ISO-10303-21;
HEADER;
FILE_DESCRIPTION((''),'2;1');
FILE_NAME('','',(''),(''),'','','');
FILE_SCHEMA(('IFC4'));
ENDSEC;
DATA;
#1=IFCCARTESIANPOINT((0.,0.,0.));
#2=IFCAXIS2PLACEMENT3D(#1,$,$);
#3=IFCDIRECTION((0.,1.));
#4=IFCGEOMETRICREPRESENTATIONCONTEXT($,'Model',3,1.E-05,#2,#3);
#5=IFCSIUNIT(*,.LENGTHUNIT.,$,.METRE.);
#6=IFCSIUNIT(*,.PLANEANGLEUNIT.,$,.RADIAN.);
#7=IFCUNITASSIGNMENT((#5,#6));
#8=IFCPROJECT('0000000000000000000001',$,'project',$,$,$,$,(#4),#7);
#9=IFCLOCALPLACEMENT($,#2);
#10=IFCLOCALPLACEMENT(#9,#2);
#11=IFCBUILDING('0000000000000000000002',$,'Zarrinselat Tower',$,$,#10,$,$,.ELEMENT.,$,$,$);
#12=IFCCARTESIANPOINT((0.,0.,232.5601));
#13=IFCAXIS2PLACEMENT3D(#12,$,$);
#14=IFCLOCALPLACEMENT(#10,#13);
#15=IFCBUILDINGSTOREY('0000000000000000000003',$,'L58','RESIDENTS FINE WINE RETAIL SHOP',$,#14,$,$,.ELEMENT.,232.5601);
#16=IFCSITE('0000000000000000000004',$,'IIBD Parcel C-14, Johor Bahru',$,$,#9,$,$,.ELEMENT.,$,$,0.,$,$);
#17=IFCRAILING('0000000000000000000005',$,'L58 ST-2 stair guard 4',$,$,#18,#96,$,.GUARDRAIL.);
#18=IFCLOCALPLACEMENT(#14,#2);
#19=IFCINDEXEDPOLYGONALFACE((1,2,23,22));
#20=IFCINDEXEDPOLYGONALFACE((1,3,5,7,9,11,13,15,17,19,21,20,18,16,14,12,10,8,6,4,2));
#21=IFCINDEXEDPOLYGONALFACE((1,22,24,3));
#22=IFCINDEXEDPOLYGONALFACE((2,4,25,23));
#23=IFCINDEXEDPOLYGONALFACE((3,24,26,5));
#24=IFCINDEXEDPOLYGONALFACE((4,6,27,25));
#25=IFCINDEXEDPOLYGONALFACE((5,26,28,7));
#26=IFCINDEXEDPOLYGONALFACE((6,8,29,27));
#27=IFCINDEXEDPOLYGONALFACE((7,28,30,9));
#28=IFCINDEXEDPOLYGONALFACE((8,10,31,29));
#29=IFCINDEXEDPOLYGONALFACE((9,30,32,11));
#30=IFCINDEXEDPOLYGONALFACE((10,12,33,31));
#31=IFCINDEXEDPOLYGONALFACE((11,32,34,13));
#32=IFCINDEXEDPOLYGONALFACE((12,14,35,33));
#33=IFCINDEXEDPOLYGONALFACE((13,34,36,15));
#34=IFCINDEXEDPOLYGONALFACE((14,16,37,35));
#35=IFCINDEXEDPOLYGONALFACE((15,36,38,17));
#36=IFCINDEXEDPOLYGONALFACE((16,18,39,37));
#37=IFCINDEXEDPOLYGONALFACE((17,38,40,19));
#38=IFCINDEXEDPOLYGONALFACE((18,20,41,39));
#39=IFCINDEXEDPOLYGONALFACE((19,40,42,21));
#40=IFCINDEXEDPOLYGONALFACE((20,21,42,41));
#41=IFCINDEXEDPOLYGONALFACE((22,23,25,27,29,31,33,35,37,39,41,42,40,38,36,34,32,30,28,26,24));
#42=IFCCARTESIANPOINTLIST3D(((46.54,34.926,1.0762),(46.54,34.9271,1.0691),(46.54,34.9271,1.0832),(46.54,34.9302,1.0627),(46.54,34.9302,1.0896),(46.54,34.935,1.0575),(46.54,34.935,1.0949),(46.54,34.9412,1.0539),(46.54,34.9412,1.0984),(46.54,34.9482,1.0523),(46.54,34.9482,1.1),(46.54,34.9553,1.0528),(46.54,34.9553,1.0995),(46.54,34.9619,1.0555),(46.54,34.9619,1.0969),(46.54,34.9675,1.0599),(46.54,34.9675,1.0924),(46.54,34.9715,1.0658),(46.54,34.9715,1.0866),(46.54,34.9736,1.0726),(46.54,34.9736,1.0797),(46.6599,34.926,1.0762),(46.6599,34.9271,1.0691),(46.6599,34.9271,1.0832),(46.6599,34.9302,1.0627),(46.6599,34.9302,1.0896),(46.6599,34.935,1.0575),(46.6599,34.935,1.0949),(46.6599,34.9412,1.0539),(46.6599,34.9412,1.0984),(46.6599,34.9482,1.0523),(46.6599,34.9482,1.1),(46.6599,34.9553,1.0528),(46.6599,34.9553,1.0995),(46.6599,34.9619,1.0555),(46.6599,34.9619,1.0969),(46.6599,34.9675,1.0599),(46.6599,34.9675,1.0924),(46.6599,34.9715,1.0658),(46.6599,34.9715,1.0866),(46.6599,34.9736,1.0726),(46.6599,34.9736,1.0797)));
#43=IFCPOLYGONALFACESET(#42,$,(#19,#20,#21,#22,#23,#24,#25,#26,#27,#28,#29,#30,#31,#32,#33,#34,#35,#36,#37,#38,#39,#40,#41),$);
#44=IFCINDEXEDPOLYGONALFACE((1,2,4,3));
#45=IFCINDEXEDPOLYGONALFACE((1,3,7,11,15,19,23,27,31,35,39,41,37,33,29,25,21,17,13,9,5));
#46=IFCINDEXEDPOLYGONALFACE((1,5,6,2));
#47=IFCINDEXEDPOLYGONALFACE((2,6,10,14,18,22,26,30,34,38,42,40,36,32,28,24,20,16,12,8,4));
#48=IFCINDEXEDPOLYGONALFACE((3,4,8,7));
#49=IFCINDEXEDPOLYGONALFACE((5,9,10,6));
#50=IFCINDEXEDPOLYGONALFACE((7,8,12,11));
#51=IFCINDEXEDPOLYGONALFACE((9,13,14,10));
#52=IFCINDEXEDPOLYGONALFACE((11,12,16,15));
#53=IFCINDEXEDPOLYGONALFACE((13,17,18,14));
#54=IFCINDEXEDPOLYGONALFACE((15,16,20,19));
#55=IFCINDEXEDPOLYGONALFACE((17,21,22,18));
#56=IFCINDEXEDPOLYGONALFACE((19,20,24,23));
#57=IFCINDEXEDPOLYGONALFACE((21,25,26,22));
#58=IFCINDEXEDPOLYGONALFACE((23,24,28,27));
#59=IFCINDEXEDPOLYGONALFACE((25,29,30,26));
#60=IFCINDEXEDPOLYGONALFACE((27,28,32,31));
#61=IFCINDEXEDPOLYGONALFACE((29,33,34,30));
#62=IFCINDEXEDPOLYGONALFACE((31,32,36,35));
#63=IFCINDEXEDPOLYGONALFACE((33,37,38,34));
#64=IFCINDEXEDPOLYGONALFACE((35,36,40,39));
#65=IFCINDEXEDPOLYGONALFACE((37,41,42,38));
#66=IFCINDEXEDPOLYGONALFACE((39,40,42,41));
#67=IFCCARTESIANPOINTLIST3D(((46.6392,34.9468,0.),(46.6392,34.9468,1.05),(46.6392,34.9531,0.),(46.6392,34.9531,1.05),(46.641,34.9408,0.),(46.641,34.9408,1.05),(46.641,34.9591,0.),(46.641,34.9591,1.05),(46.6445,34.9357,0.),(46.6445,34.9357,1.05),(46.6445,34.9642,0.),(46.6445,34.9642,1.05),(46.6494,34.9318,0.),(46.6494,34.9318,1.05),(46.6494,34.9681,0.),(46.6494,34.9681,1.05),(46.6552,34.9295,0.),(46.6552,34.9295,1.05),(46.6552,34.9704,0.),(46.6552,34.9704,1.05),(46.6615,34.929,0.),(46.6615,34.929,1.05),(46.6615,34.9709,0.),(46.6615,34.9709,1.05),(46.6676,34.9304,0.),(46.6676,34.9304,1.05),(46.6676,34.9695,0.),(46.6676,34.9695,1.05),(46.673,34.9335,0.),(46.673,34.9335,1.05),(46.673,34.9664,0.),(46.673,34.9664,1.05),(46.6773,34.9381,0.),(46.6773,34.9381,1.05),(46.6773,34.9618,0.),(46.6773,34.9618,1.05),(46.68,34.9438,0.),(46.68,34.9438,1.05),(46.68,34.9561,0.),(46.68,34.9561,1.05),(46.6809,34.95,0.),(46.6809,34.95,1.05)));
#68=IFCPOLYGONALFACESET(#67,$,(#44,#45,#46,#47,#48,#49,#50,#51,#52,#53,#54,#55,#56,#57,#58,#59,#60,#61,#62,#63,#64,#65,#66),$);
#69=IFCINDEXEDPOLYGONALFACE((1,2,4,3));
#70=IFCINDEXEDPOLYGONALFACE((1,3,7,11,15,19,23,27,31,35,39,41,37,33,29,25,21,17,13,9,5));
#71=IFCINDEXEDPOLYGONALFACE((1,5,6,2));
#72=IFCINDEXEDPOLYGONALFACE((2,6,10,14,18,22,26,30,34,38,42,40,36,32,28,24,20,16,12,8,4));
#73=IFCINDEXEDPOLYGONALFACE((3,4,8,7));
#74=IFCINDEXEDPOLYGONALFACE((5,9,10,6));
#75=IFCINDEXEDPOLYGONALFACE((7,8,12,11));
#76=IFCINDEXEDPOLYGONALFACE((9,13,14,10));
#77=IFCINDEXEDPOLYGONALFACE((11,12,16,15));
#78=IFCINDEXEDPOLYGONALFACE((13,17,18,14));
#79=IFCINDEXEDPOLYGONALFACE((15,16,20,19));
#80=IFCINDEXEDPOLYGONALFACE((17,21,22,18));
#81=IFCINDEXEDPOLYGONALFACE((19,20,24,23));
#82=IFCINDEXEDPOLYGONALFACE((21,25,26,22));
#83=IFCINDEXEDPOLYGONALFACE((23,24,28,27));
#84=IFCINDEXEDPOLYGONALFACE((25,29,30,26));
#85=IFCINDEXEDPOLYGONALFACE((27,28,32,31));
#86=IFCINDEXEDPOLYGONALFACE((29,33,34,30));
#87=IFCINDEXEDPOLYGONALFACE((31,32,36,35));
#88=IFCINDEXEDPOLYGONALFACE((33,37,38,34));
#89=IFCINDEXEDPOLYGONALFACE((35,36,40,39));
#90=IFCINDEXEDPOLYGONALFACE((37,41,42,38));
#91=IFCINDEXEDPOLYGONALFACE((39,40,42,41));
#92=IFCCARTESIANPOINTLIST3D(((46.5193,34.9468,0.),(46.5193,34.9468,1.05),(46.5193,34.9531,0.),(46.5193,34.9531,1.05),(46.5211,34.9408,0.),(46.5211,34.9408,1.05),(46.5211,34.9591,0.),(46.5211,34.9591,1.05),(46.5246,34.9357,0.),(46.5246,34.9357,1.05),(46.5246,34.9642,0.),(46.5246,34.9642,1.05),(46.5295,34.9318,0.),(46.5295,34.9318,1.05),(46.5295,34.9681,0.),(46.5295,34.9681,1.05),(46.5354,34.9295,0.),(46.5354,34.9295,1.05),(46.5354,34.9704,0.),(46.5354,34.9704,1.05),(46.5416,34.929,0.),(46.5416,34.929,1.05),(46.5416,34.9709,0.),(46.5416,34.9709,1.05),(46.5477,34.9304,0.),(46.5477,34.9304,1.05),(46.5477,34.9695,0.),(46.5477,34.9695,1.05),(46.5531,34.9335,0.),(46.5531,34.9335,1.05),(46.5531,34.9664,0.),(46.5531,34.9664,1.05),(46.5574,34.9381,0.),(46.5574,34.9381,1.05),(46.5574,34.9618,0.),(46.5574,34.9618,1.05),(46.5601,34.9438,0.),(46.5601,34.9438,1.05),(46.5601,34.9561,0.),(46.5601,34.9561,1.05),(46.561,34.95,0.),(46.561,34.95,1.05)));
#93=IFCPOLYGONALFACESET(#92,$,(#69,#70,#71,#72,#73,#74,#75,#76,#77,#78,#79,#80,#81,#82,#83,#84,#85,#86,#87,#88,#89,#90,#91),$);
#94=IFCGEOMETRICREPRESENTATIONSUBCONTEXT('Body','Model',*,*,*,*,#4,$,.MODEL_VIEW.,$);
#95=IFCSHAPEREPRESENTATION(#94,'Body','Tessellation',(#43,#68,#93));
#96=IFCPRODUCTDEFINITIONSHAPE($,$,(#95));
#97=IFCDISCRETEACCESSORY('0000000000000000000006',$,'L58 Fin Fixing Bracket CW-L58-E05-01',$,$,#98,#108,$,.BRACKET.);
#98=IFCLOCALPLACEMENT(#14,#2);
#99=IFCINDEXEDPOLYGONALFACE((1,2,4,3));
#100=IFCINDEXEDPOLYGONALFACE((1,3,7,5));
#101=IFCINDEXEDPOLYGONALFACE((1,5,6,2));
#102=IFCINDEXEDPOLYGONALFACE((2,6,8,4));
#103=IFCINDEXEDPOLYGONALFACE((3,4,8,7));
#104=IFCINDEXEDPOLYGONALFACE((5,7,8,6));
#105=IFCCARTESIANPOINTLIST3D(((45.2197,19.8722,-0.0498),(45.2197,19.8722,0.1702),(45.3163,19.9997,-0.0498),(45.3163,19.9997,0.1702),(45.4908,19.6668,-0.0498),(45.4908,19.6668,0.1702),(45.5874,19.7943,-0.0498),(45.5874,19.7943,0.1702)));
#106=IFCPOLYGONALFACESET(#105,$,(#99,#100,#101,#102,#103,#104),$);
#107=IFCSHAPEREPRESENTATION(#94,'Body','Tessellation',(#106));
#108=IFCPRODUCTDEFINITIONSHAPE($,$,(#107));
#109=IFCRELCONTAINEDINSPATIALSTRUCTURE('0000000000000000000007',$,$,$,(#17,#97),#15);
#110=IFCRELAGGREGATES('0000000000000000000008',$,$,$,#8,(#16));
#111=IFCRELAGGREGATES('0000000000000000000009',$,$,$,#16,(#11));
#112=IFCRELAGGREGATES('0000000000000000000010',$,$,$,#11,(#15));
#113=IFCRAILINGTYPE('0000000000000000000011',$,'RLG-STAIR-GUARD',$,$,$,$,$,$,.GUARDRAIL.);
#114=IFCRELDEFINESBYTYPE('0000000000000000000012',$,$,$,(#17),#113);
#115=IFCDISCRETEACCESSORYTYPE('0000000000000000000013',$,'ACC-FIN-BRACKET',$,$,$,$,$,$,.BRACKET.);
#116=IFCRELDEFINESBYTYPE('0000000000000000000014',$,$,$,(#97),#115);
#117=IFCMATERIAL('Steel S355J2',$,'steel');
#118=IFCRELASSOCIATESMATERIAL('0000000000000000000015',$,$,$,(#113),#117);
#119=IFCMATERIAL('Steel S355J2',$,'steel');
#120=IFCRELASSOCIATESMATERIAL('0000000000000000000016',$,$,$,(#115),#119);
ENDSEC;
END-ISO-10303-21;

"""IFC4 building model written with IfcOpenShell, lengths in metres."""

from ifc_helpers import new_model, si_unit, direction, frame, origin, origin_2d, place, context, subcontext, project, spatial, rectangle, circle, extrude, material, type_object, element, save


model = new_model("IFC4")

# Units and contexts
model_context = context("Model", 3, precision=1e-05, world=origin(), true_north=direction((0.0, 1.0)))
body_context = subcontext(model_context, "Body", "Model", "MODEL_VIEW")
ifc_project = project(units=[si_unit("LENGTHUNIT", "METRE"), si_unit("PLANEANGLEUNIT", "RADIAN")], contexts=[model_context])

# Site, building, storey
site_placement = place(None, origin())
site = spatial("IfcSite", under=ifc_project, at=site_placement, Name="IIBD Parcel C-14, Johor Bahru", CompositionType="ELEMENT", RefElevation=0.0)
building_placement = place(site_placement, origin())
building = spatial("IfcBuilding", under=site, at=building_placement, Name="Zarrinselat Tower", CompositionType="ELEMENT")
storey_placement = place(building_placement, frame((0.0, 0.0, 232.5601)))
storey = spatial("IfcBuildingStorey", under=building, at=storey_placement, Name="L58", Description="RESIDENTS FINE WINE RETAIL SHOP", CompositionType="ELEMENT", Elevation=232.5601)

# Railing
ifc_material_1 = material(Name="Steel S355J2", Category="steel")
railing_type_1 = type_object("IfcRailingType", Name="RLG-STAIR-GUARD", PredefinedType="GUARDRAIL", material=ifc_material_1)
railing_1_placement = place(storey_placement, frame((46.6599, 34.95, 0.0)))
element("IfcRailing", 1, at=railing_1_placement, inside=storey, type_object=railing_type_1, Name="L58 ST-2 stair guard 4", PredefinedType="GUARDRAIL", context=body_context, shape_type="SweptSolid", body=[
    extrude(circle(Radius=0.0239, at=origin_2d()), frame((0.0, 0.0, 1.0762), z_axis=(-1.0, 0.0, 0.0), x_axis=(0.0, -1.0, 0.0)), (0.0, 0.0, 1.0), 0.1199),
    extrude(circle(Radius=0.021, at=origin_2d()), origin(), (0.0, 0.0, 1.0), 1.05),
    extrude(circle(Radius=0.021, at=origin_2d()), frame((-0.1199, 0.0, 0.0)), (0.0, 0.0, 1.0), 1.05),
])

# Discrete accessory
ifc_material_2 = material(Name="Steel S355J2", Category="steel")
discrete_accessory_type = type_object("IfcDiscreteAccessoryType", Name="ACC-FIN-BRACKET", PredefinedType="BRACKET", material=ifc_material_2)
discrete_accessory_placement = place(storey_placement, frame((45.4036, 19.8333, -0.0498), z_axis=(0.0, 0.0, 1.0), x_axis=(0.797091, -0.603859, 0.0)))
element("IfcDiscreteAccessory", 2, at=discrete_accessory_placement, inside=storey, type_object=discrete_accessory_type, Name="L58 Fin Fixing Bracket CW-L58-E05-01", PredefinedType="BRACKET", context=body_context, shape_type="SweptSolid", body=[
    extrude(rectangle(XDim=0.3401, YDim=0.1599, at=origin_2d()), origin(), (0.0, 0.0, 1.0), 0.22),
])

save(model, "model.ifc")
